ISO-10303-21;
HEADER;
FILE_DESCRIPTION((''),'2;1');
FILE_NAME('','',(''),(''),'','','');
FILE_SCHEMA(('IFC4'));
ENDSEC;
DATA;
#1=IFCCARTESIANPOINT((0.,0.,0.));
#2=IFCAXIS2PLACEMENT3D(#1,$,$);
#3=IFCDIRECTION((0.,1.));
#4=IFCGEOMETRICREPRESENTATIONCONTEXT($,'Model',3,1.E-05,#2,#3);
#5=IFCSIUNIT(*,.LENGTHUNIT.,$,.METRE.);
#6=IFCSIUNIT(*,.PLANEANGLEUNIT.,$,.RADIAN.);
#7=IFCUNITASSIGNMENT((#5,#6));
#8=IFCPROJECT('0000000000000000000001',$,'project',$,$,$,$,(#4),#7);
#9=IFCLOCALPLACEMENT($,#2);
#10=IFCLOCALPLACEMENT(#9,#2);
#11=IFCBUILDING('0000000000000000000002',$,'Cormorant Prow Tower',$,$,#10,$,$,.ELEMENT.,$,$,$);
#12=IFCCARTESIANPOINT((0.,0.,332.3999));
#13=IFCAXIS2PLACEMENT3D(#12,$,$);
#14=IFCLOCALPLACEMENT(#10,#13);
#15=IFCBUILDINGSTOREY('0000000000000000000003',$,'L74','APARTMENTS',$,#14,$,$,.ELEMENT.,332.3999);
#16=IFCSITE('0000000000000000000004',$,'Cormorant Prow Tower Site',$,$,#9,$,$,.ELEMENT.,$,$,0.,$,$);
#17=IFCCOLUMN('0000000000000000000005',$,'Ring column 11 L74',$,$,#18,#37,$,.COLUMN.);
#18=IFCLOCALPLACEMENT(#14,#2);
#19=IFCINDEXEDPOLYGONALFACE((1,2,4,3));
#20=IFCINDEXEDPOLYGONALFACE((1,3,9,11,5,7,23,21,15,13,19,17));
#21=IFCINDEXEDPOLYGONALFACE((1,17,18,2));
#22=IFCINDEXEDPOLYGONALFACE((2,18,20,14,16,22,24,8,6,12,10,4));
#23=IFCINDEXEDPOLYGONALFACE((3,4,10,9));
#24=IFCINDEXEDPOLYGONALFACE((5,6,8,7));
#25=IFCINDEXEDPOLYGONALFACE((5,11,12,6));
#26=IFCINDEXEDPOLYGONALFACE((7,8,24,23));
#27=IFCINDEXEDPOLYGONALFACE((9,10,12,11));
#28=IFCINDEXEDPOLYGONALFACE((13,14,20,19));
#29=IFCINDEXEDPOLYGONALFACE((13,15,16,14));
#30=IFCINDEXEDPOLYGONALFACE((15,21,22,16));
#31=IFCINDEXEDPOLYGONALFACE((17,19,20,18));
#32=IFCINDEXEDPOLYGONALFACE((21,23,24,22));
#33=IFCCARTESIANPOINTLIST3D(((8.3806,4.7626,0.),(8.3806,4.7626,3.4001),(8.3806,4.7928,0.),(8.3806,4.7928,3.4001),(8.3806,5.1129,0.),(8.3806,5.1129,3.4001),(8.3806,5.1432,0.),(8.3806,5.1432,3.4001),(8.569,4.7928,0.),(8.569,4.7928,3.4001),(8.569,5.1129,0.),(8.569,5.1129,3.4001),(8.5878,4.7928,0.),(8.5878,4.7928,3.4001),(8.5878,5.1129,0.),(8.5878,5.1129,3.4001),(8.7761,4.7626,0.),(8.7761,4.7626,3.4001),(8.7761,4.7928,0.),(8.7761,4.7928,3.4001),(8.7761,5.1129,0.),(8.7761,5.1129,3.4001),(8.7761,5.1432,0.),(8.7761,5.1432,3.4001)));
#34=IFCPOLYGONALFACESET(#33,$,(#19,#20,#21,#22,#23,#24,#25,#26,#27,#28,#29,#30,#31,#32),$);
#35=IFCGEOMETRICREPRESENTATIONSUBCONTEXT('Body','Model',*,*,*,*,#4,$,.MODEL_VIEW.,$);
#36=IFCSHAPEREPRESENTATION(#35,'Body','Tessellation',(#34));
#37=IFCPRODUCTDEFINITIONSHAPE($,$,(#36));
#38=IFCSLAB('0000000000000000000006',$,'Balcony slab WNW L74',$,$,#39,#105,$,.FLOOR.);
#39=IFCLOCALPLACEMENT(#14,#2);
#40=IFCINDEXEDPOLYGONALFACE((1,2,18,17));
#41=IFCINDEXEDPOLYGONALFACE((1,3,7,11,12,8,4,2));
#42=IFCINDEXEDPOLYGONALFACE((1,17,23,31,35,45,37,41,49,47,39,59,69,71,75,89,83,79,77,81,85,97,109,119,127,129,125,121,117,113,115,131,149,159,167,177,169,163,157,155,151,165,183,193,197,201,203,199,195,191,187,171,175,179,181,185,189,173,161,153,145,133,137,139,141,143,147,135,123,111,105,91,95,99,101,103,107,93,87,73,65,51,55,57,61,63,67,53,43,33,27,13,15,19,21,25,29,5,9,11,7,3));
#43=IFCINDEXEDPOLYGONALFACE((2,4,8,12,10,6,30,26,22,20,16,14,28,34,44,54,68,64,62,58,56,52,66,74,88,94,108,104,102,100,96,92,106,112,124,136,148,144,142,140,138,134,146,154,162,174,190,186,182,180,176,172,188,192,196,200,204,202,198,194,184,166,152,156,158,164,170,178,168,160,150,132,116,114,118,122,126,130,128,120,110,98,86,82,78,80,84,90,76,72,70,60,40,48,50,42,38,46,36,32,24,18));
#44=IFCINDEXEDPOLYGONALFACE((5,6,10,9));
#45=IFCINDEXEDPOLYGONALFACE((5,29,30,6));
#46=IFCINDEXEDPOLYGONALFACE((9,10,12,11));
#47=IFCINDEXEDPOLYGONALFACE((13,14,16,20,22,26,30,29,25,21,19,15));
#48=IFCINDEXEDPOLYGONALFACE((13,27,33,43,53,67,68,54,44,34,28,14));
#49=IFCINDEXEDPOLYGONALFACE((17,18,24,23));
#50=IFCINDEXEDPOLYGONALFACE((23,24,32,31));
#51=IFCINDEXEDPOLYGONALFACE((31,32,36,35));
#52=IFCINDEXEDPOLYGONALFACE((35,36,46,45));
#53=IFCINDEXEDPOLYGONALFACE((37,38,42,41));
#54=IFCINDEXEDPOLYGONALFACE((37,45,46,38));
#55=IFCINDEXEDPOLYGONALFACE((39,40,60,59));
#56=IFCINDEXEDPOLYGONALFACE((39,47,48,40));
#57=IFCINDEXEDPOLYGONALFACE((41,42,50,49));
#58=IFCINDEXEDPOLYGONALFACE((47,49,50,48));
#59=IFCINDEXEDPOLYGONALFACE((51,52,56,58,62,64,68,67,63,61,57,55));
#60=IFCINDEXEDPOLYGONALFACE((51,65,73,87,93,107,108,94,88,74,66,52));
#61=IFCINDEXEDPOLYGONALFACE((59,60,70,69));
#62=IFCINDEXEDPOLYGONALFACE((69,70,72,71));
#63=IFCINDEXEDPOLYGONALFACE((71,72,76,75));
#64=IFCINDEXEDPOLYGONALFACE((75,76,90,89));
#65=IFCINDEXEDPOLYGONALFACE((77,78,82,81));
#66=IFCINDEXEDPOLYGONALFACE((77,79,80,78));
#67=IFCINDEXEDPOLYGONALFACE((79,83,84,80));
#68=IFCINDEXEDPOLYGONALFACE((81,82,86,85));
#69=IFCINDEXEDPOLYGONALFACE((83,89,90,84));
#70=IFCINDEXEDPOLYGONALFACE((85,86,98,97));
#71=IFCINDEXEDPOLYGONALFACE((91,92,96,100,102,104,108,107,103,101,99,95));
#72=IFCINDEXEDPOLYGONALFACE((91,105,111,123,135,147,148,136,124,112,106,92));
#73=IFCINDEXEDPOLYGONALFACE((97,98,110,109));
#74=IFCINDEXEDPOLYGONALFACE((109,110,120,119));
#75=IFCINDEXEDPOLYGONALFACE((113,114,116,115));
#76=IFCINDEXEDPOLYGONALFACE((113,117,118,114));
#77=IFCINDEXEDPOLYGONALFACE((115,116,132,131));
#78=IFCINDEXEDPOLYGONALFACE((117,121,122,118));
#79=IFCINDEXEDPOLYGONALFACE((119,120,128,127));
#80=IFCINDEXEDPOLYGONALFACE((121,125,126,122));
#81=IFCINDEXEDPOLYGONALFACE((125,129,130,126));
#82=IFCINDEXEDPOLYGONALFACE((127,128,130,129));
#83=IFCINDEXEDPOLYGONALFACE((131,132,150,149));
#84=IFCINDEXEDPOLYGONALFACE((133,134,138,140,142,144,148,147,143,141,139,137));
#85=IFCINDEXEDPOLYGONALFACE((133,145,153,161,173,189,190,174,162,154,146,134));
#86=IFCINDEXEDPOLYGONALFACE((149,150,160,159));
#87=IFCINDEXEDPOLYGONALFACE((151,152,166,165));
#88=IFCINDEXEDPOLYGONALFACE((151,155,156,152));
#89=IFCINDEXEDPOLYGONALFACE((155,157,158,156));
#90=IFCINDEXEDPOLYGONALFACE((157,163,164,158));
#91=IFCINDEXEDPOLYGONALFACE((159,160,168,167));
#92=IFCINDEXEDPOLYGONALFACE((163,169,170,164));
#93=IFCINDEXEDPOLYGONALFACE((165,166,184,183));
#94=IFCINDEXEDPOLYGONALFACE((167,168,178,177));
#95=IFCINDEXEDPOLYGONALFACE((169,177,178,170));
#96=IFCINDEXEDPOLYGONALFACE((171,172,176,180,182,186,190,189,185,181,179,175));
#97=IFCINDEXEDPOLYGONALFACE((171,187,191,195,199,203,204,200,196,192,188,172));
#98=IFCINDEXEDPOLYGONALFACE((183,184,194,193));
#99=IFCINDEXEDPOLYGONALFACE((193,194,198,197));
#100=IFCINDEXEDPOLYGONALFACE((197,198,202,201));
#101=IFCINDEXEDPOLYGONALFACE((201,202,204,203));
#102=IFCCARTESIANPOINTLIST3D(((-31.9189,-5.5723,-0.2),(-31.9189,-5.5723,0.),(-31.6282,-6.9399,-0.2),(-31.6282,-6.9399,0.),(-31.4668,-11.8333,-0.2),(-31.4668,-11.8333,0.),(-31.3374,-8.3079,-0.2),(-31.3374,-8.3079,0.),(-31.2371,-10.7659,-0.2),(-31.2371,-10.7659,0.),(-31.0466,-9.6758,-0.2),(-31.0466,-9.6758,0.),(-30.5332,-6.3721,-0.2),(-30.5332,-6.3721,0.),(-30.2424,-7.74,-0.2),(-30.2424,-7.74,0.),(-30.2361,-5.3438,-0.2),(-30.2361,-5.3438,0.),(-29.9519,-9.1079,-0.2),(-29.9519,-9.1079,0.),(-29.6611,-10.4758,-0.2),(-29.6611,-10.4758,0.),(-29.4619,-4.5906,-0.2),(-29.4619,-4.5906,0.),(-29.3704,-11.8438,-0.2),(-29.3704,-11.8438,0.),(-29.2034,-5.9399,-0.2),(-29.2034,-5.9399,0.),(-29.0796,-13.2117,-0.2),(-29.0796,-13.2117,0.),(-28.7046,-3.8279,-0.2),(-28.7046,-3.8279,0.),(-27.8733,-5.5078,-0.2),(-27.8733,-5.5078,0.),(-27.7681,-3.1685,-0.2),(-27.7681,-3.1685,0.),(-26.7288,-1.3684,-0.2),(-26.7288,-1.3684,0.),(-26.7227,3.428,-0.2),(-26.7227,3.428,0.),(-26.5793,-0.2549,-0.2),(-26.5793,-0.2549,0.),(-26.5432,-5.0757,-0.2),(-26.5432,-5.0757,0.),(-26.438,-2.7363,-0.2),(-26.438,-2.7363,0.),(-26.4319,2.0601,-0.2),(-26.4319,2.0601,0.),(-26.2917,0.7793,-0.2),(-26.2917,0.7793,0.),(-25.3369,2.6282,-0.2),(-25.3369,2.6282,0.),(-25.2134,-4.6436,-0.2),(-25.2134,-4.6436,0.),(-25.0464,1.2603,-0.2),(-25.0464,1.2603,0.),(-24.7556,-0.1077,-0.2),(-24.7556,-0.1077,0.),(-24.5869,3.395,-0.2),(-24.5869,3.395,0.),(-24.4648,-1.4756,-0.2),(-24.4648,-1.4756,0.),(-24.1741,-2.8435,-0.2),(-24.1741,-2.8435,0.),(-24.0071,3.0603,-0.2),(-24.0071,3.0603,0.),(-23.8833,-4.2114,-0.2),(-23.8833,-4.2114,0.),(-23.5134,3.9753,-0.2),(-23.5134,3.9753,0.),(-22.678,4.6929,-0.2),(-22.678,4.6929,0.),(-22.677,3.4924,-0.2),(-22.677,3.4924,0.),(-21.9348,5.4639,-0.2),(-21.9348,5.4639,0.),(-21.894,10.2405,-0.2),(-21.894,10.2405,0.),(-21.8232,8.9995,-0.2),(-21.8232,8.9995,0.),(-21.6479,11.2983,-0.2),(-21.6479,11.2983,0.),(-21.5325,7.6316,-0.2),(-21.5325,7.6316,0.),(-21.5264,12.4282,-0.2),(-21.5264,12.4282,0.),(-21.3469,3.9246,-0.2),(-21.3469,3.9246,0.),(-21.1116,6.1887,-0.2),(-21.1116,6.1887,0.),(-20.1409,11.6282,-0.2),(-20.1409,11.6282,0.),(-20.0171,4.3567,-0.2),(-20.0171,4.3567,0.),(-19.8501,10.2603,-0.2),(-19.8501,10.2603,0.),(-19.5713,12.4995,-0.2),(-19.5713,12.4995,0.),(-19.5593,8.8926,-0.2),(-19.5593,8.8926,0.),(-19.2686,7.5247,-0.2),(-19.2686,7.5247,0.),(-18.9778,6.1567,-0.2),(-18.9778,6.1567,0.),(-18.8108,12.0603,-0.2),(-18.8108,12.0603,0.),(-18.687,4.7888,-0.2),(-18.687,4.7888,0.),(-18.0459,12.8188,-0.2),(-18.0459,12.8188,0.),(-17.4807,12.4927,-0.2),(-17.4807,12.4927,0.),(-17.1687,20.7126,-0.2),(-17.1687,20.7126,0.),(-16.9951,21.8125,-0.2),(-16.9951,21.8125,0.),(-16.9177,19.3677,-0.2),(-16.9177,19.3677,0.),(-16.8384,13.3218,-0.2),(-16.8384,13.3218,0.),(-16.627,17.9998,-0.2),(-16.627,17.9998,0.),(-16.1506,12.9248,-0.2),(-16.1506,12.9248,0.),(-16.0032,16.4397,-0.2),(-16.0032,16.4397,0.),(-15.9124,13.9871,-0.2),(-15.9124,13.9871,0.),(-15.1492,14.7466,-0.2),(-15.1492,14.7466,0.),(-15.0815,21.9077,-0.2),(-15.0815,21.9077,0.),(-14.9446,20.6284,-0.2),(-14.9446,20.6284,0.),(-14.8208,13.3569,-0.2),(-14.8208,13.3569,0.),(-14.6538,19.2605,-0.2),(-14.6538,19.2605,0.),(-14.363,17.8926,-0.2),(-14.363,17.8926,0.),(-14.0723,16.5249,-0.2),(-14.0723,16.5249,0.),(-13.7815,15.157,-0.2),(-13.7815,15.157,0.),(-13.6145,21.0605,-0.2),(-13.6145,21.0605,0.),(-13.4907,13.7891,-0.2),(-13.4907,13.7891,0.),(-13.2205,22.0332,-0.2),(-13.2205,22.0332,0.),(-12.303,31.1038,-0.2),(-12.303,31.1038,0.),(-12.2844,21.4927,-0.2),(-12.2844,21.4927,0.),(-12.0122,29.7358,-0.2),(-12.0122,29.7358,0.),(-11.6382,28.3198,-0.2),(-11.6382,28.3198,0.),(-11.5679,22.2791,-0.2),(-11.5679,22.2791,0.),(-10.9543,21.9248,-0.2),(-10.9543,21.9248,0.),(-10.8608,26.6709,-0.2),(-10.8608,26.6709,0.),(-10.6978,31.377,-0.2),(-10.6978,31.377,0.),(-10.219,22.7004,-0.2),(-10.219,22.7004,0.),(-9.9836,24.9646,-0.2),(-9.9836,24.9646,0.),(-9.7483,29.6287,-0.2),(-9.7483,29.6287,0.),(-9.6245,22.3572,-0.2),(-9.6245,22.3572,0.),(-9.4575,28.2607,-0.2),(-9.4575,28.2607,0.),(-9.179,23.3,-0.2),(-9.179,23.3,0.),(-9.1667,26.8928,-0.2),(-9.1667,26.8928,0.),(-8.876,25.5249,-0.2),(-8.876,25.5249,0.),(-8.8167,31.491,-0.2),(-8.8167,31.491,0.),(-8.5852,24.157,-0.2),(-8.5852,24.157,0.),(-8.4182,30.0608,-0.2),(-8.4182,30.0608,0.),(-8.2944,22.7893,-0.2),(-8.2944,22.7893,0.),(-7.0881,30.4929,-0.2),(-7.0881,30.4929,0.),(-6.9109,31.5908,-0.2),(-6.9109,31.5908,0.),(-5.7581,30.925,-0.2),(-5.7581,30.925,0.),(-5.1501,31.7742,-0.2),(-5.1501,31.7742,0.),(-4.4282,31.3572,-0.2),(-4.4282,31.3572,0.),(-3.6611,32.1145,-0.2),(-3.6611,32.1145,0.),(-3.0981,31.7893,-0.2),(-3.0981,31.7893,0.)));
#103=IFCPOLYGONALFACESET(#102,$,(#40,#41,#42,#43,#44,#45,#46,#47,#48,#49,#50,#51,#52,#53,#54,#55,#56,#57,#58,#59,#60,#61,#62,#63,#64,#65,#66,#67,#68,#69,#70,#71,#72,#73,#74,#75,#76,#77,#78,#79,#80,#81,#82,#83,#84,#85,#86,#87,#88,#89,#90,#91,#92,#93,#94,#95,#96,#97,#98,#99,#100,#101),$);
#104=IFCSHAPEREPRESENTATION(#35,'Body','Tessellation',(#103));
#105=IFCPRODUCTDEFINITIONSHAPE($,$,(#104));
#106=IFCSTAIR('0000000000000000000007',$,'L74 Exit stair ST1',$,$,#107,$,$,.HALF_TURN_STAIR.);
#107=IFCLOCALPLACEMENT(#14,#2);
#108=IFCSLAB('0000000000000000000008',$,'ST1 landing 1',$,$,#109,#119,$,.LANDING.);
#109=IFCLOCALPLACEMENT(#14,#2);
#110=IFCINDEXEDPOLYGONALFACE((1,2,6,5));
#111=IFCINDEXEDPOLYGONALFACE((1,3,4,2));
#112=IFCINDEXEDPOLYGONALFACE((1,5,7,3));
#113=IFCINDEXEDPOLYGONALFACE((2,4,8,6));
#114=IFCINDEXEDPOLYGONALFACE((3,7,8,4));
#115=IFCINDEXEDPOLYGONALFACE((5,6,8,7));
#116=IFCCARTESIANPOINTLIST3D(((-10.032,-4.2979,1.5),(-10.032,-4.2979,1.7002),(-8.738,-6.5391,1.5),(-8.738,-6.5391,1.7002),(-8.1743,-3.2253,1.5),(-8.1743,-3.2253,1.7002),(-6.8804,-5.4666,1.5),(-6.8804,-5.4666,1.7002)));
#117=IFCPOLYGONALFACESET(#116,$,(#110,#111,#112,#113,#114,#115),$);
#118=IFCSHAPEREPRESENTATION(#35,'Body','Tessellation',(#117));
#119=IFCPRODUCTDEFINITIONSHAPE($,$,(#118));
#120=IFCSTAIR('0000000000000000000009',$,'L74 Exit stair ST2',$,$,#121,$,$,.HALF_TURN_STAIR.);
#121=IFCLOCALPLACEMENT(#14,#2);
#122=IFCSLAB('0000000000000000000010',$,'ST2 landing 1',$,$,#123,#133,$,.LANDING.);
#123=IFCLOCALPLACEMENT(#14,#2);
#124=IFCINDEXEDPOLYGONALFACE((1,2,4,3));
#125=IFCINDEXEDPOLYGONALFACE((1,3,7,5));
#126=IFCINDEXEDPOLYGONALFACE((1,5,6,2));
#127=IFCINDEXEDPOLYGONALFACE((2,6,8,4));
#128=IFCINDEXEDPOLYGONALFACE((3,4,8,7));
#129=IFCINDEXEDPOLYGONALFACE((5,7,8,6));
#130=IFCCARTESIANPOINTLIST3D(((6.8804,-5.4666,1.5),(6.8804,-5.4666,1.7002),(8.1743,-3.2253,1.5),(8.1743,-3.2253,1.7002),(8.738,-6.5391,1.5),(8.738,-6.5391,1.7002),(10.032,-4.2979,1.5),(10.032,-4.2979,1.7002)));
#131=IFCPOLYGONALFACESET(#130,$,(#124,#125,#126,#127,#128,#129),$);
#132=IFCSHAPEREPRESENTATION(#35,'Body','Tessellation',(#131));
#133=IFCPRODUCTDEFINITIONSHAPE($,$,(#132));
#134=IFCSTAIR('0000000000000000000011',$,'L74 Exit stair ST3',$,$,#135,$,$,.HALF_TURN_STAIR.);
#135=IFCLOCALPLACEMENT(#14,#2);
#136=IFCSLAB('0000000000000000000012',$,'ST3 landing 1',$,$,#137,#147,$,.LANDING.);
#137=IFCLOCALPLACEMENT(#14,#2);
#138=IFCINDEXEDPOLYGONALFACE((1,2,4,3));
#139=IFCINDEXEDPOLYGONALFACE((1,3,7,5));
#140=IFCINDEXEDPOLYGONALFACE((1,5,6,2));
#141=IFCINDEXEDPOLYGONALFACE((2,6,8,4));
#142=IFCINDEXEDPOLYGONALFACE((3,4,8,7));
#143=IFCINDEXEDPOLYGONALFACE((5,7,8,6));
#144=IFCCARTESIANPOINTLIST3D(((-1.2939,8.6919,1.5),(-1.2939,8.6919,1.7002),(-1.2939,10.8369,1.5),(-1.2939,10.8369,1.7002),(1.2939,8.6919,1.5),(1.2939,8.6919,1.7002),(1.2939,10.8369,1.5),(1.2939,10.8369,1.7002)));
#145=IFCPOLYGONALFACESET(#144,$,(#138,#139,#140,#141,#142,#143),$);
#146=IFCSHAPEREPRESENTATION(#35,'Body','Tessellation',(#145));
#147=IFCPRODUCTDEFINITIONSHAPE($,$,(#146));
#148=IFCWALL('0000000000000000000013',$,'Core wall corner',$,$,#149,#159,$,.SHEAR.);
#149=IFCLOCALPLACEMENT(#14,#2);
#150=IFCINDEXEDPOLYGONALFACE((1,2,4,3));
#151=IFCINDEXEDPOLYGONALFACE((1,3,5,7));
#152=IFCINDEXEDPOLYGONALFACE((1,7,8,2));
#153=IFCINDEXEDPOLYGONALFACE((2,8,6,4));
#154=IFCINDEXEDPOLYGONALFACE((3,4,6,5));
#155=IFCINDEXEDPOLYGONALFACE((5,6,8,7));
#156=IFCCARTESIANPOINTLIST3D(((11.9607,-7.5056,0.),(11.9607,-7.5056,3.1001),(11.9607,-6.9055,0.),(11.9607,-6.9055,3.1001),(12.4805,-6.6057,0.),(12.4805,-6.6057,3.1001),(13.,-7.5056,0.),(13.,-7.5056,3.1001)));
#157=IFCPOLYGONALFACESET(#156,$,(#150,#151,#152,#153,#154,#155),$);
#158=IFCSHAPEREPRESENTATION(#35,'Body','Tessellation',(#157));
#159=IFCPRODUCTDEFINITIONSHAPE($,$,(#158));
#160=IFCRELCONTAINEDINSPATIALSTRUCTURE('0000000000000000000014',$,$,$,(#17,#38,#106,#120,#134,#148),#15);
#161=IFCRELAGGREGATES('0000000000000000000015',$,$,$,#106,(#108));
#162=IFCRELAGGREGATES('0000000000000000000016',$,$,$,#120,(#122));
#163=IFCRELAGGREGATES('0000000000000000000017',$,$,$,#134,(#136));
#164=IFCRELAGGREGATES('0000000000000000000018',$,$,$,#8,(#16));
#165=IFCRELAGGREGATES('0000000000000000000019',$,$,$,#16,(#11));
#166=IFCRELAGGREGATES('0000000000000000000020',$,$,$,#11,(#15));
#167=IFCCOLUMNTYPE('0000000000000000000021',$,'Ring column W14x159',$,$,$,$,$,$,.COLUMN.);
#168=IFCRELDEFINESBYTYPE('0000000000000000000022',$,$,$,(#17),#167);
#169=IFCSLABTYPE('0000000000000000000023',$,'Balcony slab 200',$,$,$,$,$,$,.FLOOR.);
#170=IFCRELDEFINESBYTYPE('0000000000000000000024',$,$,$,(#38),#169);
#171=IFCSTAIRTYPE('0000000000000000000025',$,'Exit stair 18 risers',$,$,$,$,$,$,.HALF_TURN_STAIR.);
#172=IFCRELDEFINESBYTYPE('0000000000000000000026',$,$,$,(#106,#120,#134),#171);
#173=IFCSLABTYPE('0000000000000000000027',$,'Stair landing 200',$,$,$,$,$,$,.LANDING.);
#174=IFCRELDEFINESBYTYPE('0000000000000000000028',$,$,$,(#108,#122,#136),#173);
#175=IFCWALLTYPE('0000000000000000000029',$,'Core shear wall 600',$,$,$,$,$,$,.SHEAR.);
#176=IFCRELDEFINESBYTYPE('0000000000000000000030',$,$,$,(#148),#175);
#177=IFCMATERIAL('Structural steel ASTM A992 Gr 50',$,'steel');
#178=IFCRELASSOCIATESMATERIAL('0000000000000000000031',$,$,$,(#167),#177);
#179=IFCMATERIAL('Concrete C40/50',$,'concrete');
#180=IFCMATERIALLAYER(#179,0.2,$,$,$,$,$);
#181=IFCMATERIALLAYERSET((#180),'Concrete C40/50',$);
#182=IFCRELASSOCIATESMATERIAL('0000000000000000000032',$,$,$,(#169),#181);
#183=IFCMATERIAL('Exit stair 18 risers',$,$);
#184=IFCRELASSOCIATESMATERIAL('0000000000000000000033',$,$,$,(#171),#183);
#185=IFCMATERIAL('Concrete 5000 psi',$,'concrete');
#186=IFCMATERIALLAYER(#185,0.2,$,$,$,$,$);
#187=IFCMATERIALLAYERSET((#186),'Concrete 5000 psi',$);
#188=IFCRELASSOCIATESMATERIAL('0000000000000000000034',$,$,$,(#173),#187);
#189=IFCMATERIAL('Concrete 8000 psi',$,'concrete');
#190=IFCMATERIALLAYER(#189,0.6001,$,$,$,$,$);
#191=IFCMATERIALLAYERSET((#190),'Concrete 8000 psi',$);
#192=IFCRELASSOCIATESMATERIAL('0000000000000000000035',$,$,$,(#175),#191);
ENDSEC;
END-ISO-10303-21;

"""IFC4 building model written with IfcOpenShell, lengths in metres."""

from ifc_helpers import new_model, si_unit, direction, frame, origin, origin_2d, place, context, subcontext, project, spatial, polyline, i_section, outline, extrude, material, layer, layer_set, material_profile, profile_set, type_object, element, aggregate, save


model = new_model("IFC4")

# Units and contexts
model_context = context("Model", 3, precision=1e-05, world=origin(), true_north=direction((0.0, 1.0)))
body_context = subcontext(model_context, "Body", "Model", "MODEL_VIEW")
ifc_project = project(units=[si_unit("LENGTHUNIT", "METRE"), si_unit("PLANEANGLEUNIT", "RADIAN")], contexts=[model_context])

# Site, building, storey
site_placement = place(None, origin())
site = spatial("IfcSite", under=ifc_project, at=site_placement, Name="Cormorant Prow Tower Site", CompositionType="ELEMENT", RefElevation=0.0)
building_placement = place(site_placement, origin())
building = spatial("IfcBuilding", under=site, at=building_placement, Name="Cormorant Prow Tower", CompositionType="ELEMENT")
storey_placement = place(building_placement, frame((0.0, 0.0, 332.3999)))
storey = spatial("IfcBuildingStorey", under=building, at=storey_placement, Name="L74", Description="APARTMENTS", CompositionType="ELEMENT", Elevation=332.3999)

# Column
ifc_material_1 = material(Name="Structural steel ASTM A992 Gr 50", Category="steel")
ifc_material_profile = material_profile(ifc_material_1, i_section(OverallWidth=0.3955, OverallDepth=0.3806, WebThickness=0.0188, FlangeThickness=0.0303, at=origin_2d()), Name="W14x159")
ifc_profile_set = profile_set([ifc_material_profile], Name="Structural steel ASTM A992 Gr 50")
column_type = type_object("IfcColumnType", Name="Ring column W14x159", PredefinedType="COLUMN", material=ifc_profile_set)
column_placement = place(storey_placement, frame((8.5784, 4.9529, 0.0), z_axis=(0.0, 0.0, 1.0), x_axis=(1.0, 0.0, 0.0)))
element("IfcColumn", 1, at=column_placement, inside=storey, type_object=column_type, Name="Ring column 11 L74", PredefinedType="COLUMN", context=body_context, shape_type="SweptSolid", body=[
    extrude(i_section(OverallWidth=0.3955, OverallDepth=0.3806, WebThickness=0.0188, FlangeThickness=0.0303, at=origin_2d()), origin(), (0.0, 0.0, 1.0), 3.4001),
])

# Slab
ifc_material_2 = material(Name="Concrete C40/50", Category="concrete")
ifc_layer_1 = layer(ifc_material_2, 0.2)
ifc_layer_set_1 = layer_set([ifc_layer_1], Name="Concrete C40/50")
slab_type_1 = type_object("IfcSlabType", Name="Balcony slab 200", PredefinedType="FLOOR", material=ifc_layer_set_1)
slab_1_placement = place(storey_placement, frame((0.0, 0.0, -0.2)))
element("IfcSlab", 2, at=slab_1_placement, inside=storey, type_object=slab_type_1, Name="Balcony slab WNW L74", PredefinedType="FLOOR", context=body_context, shape_type="SweptSolid", body=[
    extrude(outline(polyline([(-3.0981, 31.7893), (-3.6611, 32.1145), (-5.1501, 31.7742), (-6.9109, 31.5908), (-8.8167, 31.491), (-10.6978, 31.377), (-12.303, 31.1038), (-12.0122, 29.7358), (-11.6382, 28.3198), (-10.8608, 26.6709), (-9.9836, 24.9646), (-9.179, 23.3), (-10.219, 22.7004), (-11.5679, 22.2791), (-13.2205, 22.0332), (-15.0815, 21.9077), (-16.9951, 21.8125), (-17.1687, 20.7126), (-16.9177, 19.3677), (-16.627, 17.9998), (-16.0032, 16.4397), (-15.1492, 14.7466), (-15.9124, 13.9871), (-16.8384, 13.3218), (-18.0459, 12.8188), (-19.5713, 12.4995), (-21.5264, 12.4282), (-21.6479, 11.2983), (-21.894, 10.2405), (-21.8232, 8.9995), (-21.5325, 7.6316), (-21.1116, 6.1887), (-21.9348, 5.4639), (-22.678, 4.6929), (-23.5134, 3.9753), (-24.5869, 3.395), (-26.7227, 3.428), (-26.4319, 2.0601), (-26.2917, 0.7793), (-26.5793, -0.2549), (-26.7288, -1.3684), (-26.438, -2.7363), (-27.7681, -3.1685), (-28.7046, -3.8279), (-29.4619, -4.5906), (-30.2361, -5.3438), (-31.9189, -5.5723), (-31.6282, -6.9399), (-31.3374, -8.3079), (-31.0466, -9.6758), (-31.2371, -10.7659), (-31.4668, -11.8333), (-29.0796, -13.2117), (-29.3704, -11.8438), (-29.6611, -10.4758), (-29.9519, -9.1079), (-30.2424, -7.74), (-30.5332, -6.3721), (-29.2034, -5.9399), (-27.8733, -5.5078), (-26.5432, -5.0757), (-25.2134, -4.6436), (-23.8833, -4.2114), (-24.1741, -2.8435), (-24.4648, -1.4756), (-24.7556, -0.1077), (-25.0464, 1.2603), (-25.3369, 2.6282), (-24.0071, 3.0603), (-22.677, 3.4924), (-21.3469, 3.9246), (-20.0171, 4.3567), (-18.687, 4.7888), (-18.9778, 6.1567), (-19.2686, 7.5247), (-19.5593, 8.8926), (-19.8501, 10.2603), (-20.1409, 11.6282), (-18.8108, 12.0603), (-17.4807, 12.4927), (-16.1506, 12.9248), (-14.8208, 13.3569), (-13.4907, 13.7891), (-13.7815, 15.157), (-14.0723, 16.5249), (-14.363, 17.8926), (-14.6538, 19.2605), (-14.9446, 20.6284), (-13.6145, 21.0605), (-12.2844, 21.4927), (-10.9543, 21.9248), (-9.6245, 22.3572), (-8.2944, 22.7893), (-8.5852, 24.157), (-8.876, 25.5249), (-9.1667, 26.8928), (-9.4575, 28.2607), (-9.7483, 29.6287), (-8.4182, 30.0608), (-7.0881, 30.4929), (-5.7581, 30.925), (-4.4282, 31.3572), (-3.0981, 31.7893)])), origin(), (0.0, 0.0, 1.0), 0.2),
])

# Stairs, slabs
ifc_material_3 = material(Name="Exit stair 18 risers")
stair_type = type_object("IfcStairType", Name="Exit stair 18 risers", PredefinedType="HALF_TURN_STAIR", material=ifc_material_3)
stair_1_placement = place(storey_placement, origin())
stair_1 = element("IfcStair", 3, at=stair_1_placement, inside=storey, type_object=stair_type, Name="L74 Exit stair ST1", PredefinedType="HALF_TURN_STAIR")
ifc_material_4 = material(Name="Concrete 5000 psi", Category="concrete")
ifc_layer_2 = layer(ifc_material_4, 0.2)
ifc_layer_set_2 = layer_set([ifc_layer_2], Name="Concrete 5000 psi")
slab_type_2 = type_object("IfcSlabType", Name="Stair landing 200", PredefinedType="LANDING", material=ifc_layer_set_2)
slab_2_placement = place(storey_placement, frame((0.0, 0.0, 1.5)))
slab_2 = element("IfcSlab", 4, at=slab_2_placement, type_object=slab_type_2, Name="ST1 landing 1", PredefinedType="LANDING", context=body_context, shape_type="SweptSolid", body=[
    extrude(outline(polyline([(-8.1743, -3.2253), (-10.032, -4.2979), (-8.738, -6.5391), (-6.8804, -5.4666), (-8.1743, -3.2253)])), origin(), (0.0, 0.0, 1.0), 0.2002),
])
aggregate(stair_1, [slab_2])
stair_2_placement = place(storey_placement, origin())
stair_2 = element("IfcStair", 5, at=stair_2_placement, inside=storey, type_object=stair_type, Name="L74 Exit stair ST2", PredefinedType="HALF_TURN_STAIR")
slab_3_placement = place(storey_placement, frame((0.0, 0.0, 1.5)))
slab_3 = element("IfcSlab", 6, at=slab_3_placement, type_object=slab_type_2, Name="ST2 landing 1", PredefinedType="LANDING", context=body_context, shape_type="SweptSolid", body=[
    extrude(outline(polyline([(6.8804, -5.4666), (8.738, -6.5391), (10.032, -4.2979), (8.1743, -3.2253), (6.8804, -5.4666)])), origin(), (0.0, 0.0, 1.0), 0.2002),
])
aggregate(stair_2, [slab_3])
stair_3_placement = place(storey_placement, origin())
stair_3 = element("IfcStair", 7, at=stair_3_placement, inside=storey, type_object=stair_type, Name="L74 Exit stair ST3", PredefinedType="HALF_TURN_STAIR")
slab_4_placement = place(storey_placement, frame((0.0, 0.0, 1.5)))
slab_4 = element("IfcSlab", 8, at=slab_4_placement, type_object=slab_type_2, Name="ST3 landing 1", PredefinedType="LANDING", context=body_context, shape_type="SweptSolid", body=[
    extrude(outline(polyline([(1.2939, 8.6919), (1.2939, 10.8369), (-1.2939, 10.8369), (-1.2939, 8.6919), (1.2939, 8.6919)])), origin(), (0.0, 0.0, 1.0), 0.2002),
])

# Wall
ifc_material_5 = material(Name="Concrete 8000 psi", Category="concrete")
ifc_layer_3 = layer(ifc_material_5, 0.6001)
ifc_layer_set_3 = layer_set([ifc_layer_3], Name="Concrete 8000 psi")
wall_type_1 = type_object("IfcWallType", Name="Core shear wall 600", PredefinedType="SHEAR", material=ifc_layer_set_3)
wall_1_placement = place(storey_placement, origin())
element("IfcWall", 9, at=wall_1_placement, inside=storey, type_object=wall_type_1, Name="Core wall corner", PredefinedType="SHEAR", context=body_context, shape_type="SweptSolid", body=[
    extrude(outline(polyline([(11.9607, -7.5056), (11.9607, -6.9055), (12.4805, -6.6057), (13.0, -7.5056), (11.9607, -7.5056)])), origin(), (0.0, 0.0, 1.0), 3.1001),
])

aggregate(stair_3, [slab_4])

save(model, "model.ifc")
